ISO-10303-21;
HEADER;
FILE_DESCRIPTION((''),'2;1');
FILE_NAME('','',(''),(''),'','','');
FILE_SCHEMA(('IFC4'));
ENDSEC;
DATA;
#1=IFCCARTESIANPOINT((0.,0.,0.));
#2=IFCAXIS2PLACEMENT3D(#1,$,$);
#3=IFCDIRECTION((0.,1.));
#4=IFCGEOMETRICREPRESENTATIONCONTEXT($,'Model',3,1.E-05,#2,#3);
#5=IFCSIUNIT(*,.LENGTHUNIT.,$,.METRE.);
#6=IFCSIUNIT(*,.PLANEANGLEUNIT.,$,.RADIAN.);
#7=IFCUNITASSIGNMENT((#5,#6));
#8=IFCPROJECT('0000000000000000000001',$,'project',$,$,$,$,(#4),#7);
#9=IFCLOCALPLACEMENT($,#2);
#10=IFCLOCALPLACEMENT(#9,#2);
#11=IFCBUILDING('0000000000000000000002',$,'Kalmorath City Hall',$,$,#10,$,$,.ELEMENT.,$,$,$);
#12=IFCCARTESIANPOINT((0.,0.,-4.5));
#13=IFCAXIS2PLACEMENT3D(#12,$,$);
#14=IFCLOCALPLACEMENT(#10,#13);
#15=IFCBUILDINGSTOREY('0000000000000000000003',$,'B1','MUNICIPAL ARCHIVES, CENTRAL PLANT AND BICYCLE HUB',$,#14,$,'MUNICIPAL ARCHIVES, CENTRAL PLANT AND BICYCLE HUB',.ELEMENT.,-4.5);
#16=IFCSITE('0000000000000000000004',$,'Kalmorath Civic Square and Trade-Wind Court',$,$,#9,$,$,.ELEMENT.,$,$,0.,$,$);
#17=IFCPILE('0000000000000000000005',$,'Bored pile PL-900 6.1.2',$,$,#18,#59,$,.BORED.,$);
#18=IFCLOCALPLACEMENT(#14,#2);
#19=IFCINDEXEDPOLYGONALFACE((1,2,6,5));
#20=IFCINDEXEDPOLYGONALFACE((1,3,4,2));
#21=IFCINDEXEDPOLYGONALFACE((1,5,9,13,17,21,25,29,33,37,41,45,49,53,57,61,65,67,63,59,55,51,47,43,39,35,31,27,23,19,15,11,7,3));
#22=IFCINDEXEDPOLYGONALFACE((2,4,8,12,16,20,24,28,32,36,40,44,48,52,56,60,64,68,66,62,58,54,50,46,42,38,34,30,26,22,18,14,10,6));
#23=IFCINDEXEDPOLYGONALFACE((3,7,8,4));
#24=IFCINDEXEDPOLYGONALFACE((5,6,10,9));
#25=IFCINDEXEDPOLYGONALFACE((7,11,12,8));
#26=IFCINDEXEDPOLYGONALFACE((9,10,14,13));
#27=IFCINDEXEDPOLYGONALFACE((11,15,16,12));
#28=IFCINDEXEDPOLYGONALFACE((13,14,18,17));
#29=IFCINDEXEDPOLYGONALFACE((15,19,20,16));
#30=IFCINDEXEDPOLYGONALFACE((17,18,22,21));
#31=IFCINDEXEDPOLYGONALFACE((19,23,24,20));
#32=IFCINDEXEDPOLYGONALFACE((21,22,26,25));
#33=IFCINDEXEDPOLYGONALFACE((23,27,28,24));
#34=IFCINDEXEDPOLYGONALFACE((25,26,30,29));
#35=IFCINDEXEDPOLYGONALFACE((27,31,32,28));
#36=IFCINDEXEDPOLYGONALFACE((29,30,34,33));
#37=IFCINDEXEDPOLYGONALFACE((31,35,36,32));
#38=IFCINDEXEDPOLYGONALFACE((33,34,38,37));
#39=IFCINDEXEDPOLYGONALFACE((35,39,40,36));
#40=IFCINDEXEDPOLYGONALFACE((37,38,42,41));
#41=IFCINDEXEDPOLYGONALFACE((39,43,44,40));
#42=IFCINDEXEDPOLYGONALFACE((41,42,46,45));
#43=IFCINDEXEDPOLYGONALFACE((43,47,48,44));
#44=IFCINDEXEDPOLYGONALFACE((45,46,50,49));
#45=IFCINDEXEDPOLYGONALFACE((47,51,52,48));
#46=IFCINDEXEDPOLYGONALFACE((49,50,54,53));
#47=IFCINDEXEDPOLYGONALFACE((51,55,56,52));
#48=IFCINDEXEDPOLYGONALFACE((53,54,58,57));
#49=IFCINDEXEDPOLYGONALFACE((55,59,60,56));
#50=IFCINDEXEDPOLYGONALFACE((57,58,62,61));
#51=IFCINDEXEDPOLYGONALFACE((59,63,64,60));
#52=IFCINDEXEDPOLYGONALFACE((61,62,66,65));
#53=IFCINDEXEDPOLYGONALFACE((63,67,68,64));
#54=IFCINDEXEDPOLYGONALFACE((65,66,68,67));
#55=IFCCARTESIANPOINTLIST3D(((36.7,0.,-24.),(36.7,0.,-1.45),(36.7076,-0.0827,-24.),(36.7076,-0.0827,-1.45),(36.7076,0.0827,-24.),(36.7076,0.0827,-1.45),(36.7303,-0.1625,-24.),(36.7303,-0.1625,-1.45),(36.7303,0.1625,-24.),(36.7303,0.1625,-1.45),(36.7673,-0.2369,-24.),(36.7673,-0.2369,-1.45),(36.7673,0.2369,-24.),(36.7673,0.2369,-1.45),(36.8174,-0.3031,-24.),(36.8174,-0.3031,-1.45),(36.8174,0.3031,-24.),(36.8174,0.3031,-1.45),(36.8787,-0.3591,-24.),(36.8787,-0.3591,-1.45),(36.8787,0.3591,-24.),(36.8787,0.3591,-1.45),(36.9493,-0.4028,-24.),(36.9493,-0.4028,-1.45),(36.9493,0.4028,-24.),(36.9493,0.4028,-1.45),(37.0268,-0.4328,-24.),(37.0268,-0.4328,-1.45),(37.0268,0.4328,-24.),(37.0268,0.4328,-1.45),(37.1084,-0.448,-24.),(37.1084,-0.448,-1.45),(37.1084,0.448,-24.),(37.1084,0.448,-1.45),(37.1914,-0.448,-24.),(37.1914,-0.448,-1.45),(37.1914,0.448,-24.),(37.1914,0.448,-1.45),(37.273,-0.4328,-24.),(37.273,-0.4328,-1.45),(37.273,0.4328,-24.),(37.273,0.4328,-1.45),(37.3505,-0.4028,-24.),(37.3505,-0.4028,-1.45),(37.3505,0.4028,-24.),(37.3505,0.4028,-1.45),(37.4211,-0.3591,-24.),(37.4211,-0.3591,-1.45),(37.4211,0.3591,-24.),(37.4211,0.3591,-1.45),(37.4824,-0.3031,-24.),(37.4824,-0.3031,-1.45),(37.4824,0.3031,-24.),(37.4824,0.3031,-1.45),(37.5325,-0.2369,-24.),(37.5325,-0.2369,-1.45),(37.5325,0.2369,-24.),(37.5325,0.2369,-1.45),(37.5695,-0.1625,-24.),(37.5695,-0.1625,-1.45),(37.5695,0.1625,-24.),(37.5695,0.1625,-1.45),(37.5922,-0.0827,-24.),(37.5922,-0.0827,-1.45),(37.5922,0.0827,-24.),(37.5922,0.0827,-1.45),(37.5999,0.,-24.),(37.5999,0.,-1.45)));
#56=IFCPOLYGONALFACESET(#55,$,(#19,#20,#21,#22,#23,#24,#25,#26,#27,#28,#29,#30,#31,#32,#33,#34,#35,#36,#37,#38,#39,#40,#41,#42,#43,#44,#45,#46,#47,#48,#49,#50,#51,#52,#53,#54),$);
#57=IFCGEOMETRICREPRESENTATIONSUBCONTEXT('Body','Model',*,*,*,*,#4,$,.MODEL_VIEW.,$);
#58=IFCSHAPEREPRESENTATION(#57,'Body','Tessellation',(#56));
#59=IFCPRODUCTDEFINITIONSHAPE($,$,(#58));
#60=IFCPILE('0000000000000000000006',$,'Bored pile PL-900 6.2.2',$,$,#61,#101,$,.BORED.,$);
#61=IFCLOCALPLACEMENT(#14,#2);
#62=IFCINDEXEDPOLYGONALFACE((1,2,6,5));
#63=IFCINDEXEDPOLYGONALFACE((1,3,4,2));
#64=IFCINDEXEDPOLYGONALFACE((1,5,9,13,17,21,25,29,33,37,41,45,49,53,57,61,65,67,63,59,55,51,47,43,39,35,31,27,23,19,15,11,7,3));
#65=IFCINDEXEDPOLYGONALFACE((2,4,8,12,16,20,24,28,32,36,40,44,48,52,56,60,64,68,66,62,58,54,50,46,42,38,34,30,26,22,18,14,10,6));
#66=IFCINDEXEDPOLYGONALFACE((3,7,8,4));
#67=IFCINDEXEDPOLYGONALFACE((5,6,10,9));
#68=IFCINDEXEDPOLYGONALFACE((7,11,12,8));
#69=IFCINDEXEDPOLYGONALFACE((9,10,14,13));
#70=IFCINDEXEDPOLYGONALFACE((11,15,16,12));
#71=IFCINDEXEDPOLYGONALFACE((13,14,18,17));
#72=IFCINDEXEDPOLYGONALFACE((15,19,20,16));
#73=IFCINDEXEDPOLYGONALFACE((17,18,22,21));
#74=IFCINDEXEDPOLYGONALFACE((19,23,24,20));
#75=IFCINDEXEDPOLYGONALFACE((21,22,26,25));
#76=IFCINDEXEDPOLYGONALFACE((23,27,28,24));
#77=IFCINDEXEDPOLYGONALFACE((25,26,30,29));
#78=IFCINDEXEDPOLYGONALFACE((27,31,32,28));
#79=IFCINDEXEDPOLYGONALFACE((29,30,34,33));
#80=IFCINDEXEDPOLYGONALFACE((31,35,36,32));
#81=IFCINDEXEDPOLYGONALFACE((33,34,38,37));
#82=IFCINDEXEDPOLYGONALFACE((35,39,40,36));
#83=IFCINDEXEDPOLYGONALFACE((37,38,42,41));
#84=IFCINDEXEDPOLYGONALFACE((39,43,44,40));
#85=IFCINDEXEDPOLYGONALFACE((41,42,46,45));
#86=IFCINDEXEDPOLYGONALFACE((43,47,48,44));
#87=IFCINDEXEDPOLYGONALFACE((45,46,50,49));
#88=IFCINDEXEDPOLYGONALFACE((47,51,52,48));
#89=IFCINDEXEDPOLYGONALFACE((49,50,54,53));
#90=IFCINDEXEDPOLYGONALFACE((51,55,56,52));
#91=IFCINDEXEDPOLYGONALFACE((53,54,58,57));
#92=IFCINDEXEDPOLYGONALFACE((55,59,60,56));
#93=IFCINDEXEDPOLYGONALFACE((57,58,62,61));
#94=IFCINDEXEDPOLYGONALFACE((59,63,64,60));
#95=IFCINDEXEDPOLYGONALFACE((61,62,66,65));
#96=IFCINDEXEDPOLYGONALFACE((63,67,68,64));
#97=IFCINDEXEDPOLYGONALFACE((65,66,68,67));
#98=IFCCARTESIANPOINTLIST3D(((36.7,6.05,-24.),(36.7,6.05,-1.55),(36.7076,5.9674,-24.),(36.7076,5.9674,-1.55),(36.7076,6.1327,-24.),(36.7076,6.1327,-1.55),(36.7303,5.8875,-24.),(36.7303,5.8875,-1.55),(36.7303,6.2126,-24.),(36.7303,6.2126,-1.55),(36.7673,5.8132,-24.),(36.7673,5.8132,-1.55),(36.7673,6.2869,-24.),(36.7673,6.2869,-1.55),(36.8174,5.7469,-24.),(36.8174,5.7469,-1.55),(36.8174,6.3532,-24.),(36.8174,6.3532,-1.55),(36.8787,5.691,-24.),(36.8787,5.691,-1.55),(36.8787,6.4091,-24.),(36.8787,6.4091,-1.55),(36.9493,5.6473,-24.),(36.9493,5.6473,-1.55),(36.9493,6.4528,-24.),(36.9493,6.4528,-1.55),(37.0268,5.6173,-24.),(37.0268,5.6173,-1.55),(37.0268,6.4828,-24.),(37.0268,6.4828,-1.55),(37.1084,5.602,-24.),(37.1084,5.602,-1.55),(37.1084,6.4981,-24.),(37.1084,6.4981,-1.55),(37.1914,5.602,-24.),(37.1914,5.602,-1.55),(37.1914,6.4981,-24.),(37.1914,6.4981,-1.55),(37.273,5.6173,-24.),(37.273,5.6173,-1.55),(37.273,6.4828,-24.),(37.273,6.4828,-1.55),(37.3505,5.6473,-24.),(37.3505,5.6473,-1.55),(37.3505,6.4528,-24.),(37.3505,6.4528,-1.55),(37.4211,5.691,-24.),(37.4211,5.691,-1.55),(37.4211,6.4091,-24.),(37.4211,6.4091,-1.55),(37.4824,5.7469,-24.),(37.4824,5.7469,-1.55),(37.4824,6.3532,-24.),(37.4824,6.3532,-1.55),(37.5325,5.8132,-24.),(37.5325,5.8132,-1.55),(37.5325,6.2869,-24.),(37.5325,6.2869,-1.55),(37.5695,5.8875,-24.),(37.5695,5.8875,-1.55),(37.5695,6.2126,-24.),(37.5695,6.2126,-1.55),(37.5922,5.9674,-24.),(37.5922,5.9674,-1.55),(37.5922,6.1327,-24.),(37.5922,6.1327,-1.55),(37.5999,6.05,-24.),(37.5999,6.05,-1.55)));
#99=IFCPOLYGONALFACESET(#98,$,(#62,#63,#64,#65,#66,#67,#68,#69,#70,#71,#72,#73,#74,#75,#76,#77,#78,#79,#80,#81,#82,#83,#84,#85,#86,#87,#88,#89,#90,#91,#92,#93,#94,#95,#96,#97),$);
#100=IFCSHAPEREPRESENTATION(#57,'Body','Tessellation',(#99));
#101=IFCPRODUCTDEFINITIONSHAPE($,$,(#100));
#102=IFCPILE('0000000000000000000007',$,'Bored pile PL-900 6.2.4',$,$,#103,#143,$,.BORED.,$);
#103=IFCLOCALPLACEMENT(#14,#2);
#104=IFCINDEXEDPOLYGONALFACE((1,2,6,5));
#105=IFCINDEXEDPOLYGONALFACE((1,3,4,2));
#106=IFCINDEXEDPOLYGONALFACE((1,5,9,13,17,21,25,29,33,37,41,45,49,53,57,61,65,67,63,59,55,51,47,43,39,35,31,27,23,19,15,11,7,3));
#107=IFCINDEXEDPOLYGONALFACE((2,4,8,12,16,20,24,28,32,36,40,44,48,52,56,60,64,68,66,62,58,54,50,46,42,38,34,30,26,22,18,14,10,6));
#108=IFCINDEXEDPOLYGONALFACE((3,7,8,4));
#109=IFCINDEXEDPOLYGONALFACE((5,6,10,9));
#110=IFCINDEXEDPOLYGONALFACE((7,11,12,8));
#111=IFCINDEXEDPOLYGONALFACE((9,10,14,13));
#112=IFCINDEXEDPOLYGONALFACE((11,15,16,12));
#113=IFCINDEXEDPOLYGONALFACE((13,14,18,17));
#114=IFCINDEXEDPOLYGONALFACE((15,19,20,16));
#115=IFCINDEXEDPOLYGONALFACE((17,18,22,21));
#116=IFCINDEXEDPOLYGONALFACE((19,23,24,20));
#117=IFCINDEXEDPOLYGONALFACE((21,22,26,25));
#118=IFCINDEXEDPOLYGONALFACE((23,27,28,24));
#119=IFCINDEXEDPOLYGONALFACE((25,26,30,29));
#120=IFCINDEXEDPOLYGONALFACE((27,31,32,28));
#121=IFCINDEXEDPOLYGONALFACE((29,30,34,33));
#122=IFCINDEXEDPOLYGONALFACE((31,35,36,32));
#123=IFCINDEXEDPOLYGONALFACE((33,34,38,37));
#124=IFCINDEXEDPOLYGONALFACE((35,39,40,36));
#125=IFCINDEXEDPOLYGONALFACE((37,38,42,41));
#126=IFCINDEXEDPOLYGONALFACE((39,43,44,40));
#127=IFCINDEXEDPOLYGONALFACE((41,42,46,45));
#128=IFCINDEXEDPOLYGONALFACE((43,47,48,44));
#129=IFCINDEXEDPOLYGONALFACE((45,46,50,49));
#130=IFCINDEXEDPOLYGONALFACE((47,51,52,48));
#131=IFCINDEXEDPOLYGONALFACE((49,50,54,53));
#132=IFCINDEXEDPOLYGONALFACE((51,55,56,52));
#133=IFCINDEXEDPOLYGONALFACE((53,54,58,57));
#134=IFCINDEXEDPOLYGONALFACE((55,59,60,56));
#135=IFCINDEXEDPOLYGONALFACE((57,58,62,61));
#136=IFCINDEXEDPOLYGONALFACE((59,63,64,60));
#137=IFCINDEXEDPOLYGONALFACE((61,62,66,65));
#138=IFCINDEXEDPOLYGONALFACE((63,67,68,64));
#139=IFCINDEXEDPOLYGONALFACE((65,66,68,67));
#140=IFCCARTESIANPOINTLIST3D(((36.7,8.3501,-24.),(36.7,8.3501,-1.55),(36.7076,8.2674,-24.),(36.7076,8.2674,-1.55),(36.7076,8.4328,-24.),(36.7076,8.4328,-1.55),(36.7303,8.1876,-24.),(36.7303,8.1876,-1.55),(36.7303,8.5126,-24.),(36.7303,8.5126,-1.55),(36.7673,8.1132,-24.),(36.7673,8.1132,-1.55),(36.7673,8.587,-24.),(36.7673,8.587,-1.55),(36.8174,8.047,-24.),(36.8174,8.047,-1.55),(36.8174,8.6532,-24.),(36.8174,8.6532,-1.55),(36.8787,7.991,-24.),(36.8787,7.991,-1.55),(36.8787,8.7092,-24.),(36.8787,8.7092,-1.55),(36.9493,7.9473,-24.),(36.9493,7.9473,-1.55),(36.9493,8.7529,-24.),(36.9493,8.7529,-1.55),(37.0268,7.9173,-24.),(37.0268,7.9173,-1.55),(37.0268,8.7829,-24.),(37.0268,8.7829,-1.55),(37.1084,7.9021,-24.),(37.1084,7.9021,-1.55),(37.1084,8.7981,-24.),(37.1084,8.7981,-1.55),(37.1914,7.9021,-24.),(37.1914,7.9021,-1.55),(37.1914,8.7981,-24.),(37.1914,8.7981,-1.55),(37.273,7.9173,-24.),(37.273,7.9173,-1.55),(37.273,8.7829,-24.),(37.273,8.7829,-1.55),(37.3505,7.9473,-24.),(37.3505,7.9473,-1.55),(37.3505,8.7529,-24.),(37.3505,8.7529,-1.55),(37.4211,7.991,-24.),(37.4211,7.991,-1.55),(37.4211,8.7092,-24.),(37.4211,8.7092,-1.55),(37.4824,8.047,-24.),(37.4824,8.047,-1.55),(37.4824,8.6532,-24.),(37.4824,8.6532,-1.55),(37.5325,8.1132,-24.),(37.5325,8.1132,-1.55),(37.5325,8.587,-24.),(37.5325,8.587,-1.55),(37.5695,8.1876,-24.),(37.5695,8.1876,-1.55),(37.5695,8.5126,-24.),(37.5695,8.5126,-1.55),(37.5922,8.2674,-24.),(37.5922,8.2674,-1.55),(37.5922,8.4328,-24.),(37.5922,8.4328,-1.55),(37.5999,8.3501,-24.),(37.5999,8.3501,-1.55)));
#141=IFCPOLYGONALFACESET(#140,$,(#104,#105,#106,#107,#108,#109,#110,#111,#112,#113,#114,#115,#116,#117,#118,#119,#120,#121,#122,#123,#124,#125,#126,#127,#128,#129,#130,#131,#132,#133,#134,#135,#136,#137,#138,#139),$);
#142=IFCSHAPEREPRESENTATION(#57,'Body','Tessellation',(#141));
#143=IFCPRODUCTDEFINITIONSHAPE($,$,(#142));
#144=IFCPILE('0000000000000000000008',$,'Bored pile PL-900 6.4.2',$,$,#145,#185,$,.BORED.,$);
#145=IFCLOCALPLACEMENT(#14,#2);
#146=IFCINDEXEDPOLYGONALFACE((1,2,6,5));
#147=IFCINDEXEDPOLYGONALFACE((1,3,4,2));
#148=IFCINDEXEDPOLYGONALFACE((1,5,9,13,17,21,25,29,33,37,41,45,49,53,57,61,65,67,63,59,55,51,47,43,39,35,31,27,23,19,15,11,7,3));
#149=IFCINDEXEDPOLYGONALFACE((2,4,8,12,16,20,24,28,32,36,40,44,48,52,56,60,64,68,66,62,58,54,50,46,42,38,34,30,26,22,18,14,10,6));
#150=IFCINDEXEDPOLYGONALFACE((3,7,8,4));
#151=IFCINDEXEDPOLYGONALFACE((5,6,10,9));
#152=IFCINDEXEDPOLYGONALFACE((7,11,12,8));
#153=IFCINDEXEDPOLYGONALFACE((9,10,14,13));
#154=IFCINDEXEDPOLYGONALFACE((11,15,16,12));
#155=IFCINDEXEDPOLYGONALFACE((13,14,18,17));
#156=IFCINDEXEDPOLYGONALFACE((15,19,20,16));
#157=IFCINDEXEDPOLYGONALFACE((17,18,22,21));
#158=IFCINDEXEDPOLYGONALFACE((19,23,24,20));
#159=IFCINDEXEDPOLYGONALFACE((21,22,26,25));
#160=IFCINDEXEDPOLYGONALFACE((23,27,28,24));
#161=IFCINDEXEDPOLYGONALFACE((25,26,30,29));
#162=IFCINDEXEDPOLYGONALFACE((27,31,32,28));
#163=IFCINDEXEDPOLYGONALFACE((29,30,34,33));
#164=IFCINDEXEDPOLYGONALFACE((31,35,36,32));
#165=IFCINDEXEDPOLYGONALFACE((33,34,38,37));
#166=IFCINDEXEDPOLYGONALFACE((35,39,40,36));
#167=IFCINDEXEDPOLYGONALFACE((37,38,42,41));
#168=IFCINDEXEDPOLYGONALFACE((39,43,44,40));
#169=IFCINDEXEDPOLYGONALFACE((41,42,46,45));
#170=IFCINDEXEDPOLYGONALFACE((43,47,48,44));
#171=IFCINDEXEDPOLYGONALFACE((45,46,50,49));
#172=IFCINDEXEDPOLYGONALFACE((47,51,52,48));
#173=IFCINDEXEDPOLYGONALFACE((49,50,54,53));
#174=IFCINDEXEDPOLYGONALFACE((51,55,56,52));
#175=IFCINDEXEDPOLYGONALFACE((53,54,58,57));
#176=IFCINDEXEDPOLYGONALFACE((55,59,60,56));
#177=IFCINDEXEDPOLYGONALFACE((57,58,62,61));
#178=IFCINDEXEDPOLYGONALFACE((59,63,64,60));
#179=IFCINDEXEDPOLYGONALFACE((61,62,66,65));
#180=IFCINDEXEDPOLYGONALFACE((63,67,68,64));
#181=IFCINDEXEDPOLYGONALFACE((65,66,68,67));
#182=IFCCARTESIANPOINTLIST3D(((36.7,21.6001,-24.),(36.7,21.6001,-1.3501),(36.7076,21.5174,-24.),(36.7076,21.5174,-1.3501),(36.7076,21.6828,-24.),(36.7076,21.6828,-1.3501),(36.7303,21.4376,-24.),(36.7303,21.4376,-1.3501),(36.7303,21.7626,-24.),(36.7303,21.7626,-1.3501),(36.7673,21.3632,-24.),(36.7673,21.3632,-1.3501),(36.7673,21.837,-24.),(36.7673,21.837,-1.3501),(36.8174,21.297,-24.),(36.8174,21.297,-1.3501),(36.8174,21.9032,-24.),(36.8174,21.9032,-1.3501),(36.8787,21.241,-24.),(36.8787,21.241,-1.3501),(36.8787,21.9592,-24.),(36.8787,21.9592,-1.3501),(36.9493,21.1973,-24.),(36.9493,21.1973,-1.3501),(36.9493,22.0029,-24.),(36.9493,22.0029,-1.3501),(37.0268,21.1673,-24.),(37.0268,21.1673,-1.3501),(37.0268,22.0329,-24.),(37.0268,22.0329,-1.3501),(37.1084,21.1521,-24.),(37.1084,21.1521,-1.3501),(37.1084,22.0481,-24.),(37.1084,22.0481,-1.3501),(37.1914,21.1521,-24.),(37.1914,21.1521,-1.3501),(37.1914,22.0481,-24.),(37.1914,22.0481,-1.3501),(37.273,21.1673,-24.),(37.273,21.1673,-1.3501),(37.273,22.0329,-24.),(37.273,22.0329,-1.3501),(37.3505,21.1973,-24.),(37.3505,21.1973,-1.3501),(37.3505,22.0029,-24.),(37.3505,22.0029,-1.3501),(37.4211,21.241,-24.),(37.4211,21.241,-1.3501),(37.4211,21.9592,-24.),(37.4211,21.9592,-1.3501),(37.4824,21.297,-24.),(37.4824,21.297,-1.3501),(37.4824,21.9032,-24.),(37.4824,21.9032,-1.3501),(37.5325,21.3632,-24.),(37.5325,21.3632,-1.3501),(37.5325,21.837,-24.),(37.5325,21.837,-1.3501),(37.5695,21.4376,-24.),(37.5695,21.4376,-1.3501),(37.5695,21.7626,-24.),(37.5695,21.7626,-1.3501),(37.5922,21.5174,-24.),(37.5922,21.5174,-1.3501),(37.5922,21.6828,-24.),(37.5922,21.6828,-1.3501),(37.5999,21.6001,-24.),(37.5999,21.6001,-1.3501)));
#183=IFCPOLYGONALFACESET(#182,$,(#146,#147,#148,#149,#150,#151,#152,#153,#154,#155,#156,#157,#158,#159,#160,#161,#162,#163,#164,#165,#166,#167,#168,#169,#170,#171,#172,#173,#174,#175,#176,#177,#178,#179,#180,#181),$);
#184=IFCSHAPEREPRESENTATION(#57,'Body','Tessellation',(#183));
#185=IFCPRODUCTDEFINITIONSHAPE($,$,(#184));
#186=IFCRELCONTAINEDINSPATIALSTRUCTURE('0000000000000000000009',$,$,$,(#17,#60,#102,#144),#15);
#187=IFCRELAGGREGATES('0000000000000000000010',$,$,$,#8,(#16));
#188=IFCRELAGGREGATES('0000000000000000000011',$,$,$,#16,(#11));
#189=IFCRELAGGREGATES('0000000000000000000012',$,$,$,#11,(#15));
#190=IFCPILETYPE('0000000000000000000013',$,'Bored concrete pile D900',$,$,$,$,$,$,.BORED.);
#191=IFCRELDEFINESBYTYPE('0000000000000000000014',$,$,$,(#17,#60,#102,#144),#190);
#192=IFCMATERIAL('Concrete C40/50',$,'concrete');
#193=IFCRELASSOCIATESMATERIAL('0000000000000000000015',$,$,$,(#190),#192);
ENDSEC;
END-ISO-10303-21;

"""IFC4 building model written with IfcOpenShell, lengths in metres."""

from ifc_helpers import new_model, si_unit, direction, frame, origin, origin_2d, place, context, subcontext, project, spatial, circle, extrude, material, material_profile, profile_set, type_object, element, save


model = new_model("IFC4")

# Units and contexts
model_context = context("Model", 3, precision=1e-05, world=origin(), true_north=direction((0.0, 1.0)))
body_context = subcontext(model_context, "Body", "Model", "MODEL_VIEW")
ifc_project = project(units=[si_unit("LENGTHUNIT", "METRE"), si_unit("PLANEANGLEUNIT", "RADIAN")], contexts=[model_context])

# Site, building, storey
site_placement = place(None, origin())
site = spatial("IfcSite", under=ifc_project, at=site_placement, Name="Kalmorath Civic Square and Trade-Wind Court", CompositionType="ELEMENT", RefElevation=0.0)
building_placement = place(site_placement, origin())
building = spatial("IfcBuilding", under=site, at=building_placement, Name="Kalmorath City Hall", CompositionType="ELEMENT")
storey_placement = place(building_placement, frame((0.0, 0.0, -4.5)))
storey = spatial("IfcBuildingStorey", under=building, at=storey_placement, Name="B1", Description="MUNICIPAL ARCHIVES, CENTRAL PLANT AND BICYCLE HUB", LongName="MUNICIPAL ARCHIVES, CENTRAL PLANT AND BICYCLE HUB", CompositionType="ELEMENT", Elevation=-4.5)

# Piles
ifc_material_1 = material(Name="Concrete C40/50", Category="concrete")
ifc_material_profile_1 = material_profile(ifc_material_1, circle(Radius=0.45, at=origin_2d()), Name="PILE-D900")
ifc_profile_set_1 = profile_set([ifc_material_profile_1], Name="Concrete C40/50")
pile_type = type_object("IfcPileType", Name="Bored concrete pile D900", PredefinedType="BORED", material=ifc_profile_set_1)
pile_1_placement = place(storey_placement, frame((37.1499, 0.0, -1.45), z_axis=(0.0, 0.0, -1.0), x_axis=(1.0, 0.0, 0.0)))
element("IfcPile", 1, at=pile_1_placement, inside=storey, type_object=pile_type, Name="Bored pile PL-900 6.1.2", PredefinedType="BORED", context=body_context, shape_type="SweptSolid", body=[
    extrude(circle(Radius=0.45, at=origin_2d()), origin(), (0.0, 0.0, 1.0), 22.55),
])
for number, where, z_axis, x_axis, name in (
    (2, (37.1499, 6.05, -1.55), (0.0, 0.0, -1.0), (1.0, 0.0, 0.0), "Bored pile PL-900 6.2.2"),
    (3, (37.1499, 8.3501, -1.55), (0.0, 0.0, -1.0), (1.0, 0.0, 0.0), "Bored pile PL-900 6.2.4"),
):
    element("IfcPile", number, at=place(storey_placement, frame(where, z_axis=z_axis, x_axis=x_axis)), inside=storey, type_object=pile_type, Name=name, PredefinedType="BORED", context=body_context, shape_type="SweptSolid", body=[
        extrude(circle(Radius=0.45, at=origin_2d()), origin(), (0.0, 0.0, 1.0), 22.45),
    ])
pile_2_placement = place(storey_placement, frame((37.1499, 21.6001, -1.3501), z_axis=(0.0, 0.0, -1.0), x_axis=(1.0, 0.0, 0.0)))
element("IfcPile", 4, at=pile_2_placement, inside=storey, type_object=pile_type, Name="Bored pile PL-900 6.4.2", PredefinedType="BORED", context=body_context, shape_type="SweptSolid", body=[
    extrude(circle(Radius=0.45, at=origin_2d()), origin(), (0.0, 0.0, 1.0), 22.6499),
])

save(model, "model.ifc")
